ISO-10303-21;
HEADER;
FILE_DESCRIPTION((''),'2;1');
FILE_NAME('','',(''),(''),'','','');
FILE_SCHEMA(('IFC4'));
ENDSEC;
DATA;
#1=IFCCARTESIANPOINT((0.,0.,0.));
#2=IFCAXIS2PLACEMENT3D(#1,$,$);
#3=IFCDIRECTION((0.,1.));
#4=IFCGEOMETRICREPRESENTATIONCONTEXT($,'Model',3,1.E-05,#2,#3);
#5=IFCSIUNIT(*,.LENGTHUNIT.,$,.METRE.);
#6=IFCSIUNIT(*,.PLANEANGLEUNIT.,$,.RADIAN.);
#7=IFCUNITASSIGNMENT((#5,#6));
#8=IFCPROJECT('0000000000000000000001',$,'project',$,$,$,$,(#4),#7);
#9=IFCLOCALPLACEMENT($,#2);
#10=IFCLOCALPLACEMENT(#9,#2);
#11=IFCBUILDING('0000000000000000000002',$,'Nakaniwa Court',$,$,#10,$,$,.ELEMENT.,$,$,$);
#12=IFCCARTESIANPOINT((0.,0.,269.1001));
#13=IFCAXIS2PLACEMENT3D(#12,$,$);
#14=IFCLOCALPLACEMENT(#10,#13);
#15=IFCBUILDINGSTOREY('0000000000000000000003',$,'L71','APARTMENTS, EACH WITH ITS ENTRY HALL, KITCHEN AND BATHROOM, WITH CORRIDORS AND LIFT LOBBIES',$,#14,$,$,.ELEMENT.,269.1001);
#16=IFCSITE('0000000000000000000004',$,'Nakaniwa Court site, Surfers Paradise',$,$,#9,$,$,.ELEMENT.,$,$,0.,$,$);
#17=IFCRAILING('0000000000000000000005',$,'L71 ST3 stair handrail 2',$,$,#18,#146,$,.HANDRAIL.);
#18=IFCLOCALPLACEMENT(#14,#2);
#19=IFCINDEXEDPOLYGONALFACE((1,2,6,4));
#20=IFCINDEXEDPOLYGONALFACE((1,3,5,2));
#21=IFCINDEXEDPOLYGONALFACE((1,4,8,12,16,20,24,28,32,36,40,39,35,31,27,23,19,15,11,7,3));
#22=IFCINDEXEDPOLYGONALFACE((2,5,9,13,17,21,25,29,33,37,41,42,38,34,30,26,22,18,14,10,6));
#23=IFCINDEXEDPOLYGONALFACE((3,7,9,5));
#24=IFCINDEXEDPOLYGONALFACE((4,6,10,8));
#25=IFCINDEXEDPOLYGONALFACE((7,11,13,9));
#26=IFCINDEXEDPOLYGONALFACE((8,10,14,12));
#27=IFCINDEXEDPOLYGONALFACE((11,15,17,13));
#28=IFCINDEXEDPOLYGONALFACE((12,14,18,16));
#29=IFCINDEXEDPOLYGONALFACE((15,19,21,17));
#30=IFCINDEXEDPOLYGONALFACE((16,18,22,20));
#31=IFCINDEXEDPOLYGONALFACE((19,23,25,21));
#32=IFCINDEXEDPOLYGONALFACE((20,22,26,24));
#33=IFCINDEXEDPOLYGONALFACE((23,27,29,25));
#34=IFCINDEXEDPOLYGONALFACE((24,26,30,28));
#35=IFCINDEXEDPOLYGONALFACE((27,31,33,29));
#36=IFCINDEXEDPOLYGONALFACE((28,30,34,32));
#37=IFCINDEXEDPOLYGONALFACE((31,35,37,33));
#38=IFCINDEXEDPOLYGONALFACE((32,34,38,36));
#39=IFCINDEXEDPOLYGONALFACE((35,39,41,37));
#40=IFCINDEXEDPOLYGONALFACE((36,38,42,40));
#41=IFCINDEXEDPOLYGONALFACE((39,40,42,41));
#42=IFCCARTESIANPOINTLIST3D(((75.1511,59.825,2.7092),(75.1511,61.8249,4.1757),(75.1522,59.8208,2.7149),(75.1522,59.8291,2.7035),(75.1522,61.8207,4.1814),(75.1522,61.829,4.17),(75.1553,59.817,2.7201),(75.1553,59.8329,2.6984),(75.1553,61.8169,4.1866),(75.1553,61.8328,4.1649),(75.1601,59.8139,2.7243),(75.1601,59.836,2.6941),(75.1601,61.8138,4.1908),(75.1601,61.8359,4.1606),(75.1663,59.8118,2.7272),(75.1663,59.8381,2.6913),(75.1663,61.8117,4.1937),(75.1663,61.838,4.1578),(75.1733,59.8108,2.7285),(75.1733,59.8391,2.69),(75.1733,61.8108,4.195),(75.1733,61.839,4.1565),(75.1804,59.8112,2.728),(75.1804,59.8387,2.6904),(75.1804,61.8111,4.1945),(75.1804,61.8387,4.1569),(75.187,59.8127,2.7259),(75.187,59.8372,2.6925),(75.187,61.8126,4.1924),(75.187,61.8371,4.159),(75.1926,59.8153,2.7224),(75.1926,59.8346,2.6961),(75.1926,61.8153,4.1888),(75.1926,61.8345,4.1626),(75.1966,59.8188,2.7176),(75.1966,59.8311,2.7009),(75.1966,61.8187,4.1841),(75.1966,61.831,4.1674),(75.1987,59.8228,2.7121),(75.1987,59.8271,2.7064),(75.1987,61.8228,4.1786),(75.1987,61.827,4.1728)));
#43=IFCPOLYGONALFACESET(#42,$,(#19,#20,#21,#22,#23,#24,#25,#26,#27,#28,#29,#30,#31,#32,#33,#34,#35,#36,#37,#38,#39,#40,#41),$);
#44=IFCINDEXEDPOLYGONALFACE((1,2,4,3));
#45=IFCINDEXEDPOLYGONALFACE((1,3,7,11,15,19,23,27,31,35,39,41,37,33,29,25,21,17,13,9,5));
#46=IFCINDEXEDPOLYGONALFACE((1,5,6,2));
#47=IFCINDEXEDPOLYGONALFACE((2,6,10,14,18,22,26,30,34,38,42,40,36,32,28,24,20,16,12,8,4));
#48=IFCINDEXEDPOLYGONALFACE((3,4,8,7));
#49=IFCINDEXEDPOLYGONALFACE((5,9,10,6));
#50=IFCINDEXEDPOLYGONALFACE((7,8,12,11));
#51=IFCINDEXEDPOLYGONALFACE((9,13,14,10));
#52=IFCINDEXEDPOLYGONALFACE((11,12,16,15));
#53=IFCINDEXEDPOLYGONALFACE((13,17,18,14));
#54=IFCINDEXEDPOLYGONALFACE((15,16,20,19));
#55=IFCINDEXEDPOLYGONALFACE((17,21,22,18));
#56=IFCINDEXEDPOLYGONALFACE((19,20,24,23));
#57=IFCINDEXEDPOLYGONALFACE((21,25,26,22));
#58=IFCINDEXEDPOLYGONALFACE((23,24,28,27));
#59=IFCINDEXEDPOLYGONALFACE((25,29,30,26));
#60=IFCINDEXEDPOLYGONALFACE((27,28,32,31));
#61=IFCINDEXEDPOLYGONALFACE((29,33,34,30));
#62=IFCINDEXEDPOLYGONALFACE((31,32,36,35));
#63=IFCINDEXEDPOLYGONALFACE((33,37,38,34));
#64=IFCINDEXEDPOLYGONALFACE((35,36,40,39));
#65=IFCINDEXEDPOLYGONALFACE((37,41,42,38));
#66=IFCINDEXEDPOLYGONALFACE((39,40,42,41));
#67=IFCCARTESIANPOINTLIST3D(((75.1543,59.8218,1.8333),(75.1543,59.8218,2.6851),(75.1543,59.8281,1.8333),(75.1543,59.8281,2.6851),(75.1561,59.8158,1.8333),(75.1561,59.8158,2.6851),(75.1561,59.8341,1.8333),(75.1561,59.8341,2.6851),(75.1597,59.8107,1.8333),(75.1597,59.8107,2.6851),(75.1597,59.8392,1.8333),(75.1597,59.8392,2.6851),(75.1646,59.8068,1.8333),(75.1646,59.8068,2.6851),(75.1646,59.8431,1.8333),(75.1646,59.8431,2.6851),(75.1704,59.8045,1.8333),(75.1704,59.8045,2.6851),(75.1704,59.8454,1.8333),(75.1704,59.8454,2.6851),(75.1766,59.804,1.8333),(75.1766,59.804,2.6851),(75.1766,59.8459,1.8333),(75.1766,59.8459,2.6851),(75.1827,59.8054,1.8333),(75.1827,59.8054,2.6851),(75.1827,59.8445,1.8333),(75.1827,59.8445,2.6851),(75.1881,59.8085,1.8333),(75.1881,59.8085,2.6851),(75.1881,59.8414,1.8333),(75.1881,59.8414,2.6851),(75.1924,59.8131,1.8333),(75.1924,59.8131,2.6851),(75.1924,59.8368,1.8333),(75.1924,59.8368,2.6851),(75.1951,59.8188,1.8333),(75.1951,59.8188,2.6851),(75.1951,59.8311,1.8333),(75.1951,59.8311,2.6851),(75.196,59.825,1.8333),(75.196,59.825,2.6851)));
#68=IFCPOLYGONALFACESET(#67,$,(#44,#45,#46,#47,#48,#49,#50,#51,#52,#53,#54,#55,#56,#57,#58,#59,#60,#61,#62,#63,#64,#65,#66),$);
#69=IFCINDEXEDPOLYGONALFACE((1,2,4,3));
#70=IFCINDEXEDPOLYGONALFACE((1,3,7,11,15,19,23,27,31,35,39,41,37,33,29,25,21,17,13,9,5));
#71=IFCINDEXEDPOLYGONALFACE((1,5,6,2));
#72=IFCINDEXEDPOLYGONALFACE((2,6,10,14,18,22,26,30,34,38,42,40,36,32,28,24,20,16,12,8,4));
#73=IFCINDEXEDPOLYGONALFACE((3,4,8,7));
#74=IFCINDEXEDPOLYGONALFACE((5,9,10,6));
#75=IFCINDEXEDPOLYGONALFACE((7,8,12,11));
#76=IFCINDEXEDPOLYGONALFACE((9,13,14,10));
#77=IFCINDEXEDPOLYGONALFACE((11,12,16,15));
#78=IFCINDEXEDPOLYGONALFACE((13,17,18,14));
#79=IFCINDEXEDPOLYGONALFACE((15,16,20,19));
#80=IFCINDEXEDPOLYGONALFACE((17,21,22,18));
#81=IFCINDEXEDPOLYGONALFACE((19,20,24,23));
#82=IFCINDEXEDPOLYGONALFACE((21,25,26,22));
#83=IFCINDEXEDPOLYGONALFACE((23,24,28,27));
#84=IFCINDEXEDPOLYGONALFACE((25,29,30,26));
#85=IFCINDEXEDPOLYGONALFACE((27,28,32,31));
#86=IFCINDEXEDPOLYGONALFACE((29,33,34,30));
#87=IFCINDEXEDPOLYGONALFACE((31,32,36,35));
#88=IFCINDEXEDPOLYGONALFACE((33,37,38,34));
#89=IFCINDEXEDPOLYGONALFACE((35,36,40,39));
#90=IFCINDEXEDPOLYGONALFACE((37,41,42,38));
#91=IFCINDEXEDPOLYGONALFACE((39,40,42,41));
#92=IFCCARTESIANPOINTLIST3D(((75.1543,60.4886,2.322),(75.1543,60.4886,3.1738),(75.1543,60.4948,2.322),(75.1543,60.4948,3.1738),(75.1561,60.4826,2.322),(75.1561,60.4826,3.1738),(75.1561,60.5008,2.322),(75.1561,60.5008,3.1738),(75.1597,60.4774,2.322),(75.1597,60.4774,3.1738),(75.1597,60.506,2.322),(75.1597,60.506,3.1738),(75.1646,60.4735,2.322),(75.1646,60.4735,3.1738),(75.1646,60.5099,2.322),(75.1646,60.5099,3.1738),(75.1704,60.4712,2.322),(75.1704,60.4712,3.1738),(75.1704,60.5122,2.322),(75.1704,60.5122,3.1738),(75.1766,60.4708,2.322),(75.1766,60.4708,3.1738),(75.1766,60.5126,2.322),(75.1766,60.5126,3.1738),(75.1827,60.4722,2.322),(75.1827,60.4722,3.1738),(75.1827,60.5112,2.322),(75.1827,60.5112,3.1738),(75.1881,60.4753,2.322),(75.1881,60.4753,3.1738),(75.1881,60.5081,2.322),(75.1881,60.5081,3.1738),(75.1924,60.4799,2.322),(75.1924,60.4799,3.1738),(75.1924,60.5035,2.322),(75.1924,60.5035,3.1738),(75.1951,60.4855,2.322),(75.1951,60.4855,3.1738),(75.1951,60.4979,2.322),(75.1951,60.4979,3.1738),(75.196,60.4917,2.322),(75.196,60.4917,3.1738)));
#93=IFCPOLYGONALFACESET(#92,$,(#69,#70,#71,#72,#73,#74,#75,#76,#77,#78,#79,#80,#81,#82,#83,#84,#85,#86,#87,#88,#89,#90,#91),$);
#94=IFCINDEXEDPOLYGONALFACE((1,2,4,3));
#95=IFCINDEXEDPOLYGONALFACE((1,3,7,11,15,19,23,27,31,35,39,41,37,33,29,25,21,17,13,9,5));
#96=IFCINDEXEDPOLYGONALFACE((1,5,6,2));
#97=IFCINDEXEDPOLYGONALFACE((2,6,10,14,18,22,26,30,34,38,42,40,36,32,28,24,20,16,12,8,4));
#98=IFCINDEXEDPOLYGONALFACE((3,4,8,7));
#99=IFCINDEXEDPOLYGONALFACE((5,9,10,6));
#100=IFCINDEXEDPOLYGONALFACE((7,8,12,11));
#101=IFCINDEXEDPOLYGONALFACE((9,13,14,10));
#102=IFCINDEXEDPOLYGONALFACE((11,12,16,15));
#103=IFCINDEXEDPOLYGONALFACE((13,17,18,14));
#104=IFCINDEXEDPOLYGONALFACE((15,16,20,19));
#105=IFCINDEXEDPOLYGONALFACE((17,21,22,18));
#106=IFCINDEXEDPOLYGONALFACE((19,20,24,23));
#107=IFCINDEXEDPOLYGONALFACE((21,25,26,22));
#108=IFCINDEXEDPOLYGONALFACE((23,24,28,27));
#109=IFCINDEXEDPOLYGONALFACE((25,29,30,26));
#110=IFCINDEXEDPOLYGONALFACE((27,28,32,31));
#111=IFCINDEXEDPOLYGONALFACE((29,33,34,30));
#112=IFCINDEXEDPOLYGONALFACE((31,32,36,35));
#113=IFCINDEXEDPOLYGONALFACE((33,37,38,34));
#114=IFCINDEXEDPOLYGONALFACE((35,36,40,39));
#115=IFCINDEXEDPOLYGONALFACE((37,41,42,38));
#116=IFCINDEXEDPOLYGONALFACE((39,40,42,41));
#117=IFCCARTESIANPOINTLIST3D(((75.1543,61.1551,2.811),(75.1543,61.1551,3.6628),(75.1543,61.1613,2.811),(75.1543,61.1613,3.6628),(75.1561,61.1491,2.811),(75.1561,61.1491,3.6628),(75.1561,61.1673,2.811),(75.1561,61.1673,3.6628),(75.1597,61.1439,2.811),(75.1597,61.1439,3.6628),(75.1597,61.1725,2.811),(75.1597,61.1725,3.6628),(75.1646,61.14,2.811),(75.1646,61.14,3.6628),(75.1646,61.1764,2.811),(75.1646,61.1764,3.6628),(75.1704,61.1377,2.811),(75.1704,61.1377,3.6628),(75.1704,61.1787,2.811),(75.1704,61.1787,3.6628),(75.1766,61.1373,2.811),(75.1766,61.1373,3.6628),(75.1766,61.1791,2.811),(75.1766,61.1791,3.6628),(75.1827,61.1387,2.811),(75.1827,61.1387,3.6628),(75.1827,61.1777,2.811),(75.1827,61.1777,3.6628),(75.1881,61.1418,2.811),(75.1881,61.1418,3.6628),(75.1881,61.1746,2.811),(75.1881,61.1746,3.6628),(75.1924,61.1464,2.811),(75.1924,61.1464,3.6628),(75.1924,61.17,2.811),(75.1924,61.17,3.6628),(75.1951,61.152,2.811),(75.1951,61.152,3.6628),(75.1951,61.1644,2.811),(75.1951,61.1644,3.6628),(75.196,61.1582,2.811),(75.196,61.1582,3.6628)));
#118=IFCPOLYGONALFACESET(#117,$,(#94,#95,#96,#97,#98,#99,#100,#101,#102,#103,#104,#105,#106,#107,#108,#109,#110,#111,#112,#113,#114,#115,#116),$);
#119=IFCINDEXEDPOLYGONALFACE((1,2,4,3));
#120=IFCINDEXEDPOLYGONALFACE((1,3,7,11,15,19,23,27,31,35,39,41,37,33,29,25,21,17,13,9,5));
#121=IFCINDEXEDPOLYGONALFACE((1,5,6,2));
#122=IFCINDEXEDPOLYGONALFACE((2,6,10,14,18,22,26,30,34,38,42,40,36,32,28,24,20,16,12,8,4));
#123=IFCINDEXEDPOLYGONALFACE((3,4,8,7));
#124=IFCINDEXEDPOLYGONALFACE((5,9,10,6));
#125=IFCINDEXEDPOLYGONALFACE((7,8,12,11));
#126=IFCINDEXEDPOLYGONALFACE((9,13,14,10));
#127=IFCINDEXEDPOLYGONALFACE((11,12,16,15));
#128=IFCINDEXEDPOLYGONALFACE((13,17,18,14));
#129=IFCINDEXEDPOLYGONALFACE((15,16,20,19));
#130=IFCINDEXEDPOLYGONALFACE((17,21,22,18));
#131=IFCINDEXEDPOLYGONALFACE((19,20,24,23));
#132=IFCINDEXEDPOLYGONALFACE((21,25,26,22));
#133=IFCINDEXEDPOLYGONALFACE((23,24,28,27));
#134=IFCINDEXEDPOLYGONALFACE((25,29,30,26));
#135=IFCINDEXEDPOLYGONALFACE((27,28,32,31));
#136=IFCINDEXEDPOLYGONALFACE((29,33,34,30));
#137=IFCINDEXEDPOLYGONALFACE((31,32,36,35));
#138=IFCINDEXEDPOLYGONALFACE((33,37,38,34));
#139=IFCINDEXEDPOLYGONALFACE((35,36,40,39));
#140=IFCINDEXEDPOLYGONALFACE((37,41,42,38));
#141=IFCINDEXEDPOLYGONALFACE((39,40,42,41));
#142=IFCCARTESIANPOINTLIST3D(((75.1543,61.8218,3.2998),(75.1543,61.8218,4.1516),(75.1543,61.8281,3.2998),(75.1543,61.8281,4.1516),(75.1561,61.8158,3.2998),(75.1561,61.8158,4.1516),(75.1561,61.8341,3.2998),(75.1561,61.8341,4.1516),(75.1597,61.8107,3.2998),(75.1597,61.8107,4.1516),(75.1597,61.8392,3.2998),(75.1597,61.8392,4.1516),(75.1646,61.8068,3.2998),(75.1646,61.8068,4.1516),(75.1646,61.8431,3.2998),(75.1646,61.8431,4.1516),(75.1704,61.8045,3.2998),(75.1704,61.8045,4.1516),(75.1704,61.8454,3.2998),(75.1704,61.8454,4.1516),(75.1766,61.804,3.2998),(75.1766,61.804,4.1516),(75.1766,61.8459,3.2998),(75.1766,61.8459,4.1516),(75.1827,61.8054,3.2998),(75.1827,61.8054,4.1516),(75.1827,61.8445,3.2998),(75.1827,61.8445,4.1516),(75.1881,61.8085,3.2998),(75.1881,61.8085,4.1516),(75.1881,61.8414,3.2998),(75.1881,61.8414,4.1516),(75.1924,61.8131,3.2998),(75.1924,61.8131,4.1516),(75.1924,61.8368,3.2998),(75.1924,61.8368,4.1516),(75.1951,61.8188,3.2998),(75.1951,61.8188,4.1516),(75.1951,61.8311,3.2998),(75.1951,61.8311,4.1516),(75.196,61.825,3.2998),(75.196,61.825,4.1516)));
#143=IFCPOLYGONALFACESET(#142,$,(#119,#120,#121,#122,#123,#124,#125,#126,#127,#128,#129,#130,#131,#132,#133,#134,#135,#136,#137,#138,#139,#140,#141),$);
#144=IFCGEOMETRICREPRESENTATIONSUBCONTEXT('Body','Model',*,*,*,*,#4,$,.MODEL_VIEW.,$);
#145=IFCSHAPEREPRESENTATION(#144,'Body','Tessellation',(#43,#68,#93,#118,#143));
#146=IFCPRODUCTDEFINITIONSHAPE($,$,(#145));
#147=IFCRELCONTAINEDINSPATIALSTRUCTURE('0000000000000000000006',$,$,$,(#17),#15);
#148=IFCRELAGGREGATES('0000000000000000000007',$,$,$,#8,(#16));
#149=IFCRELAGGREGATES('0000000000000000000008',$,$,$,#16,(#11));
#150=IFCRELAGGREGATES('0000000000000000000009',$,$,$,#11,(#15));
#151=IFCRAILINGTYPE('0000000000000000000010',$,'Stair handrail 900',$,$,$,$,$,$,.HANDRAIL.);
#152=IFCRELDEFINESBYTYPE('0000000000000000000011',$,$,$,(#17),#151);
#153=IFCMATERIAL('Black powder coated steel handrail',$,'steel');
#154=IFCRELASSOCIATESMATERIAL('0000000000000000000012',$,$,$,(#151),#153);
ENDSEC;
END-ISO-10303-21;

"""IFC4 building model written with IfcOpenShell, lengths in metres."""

from ifc_helpers import new_model, si_unit, direction, frame, origin, origin_2d, place, context, subcontext, project, spatial, circle, extrude, material, type_object, element, save


model = new_model("IFC4")

# Units and contexts
model_context = context("Model", 3, precision=1e-05, world=origin(), true_north=direction((0.0, 1.0)))
body_context = subcontext(model_context, "Body", "Model", "MODEL_VIEW")
ifc_project = project(units=[si_unit("LENGTHUNIT", "METRE"), si_unit("PLANEANGLEUNIT", "RADIAN")], contexts=[model_context])

# Site, building, storey
site_placement = place(None, origin())
site = spatial("IfcSite", under=ifc_project, at=site_placement, Name="Nakaniwa Court site, Surfers Paradise", CompositionType="ELEMENT", RefElevation=0.0)
building_placement = place(site_placement, origin())
building = spatial("IfcBuilding", under=site, at=building_placement, Name="Nakaniwa Court", CompositionType="ELEMENT")
storey_placement = place(building_placement, frame((0.0, 0.0, 269.1001)))
storey = spatial("IfcBuildingStorey", under=building, at=storey_placement, Name="L71", Description="APARTMENTS, EACH WITH ITS ENTRY HALL, KITCHEN AND BATHROOM, WITH CORRIDORS AND LIFT LOBBIES", CompositionType="ELEMENT", Elevation=269.1001)

# Railing
ifc_material_1 = material(Name="Black powder coated steel handrail", Category="steel")
railing_type_1 = type_object("IfcRailingType", Name="Stair handrail 900", PredefinedType="HANDRAIL", material=ifc_material_1)
railing_1_placement = place(storey_placement, frame((75.175, 59.825, 1.8333)))
element("IfcRailing", 1, at=railing_1_placement, inside=storey, type_object=railing_type_1, Name="L71 ST3 stair handrail 2", PredefinedType="HANDRAIL", context=body_context, shape_type="SweptSolid", body=[
    extrude(circle(Radius=0.0239, at=origin_2d()), frame((0.0, 0.0, 0.876), z_axis=(0.0, 0.806427, 0.591334), x_axis=(-1.0, 0.0, 0.0)), (0.0, 0.0, 1.0), 2.48),
    extrude(circle(Radius=0.021, at=origin_2d()), origin(), (0.0, 0.0, 1.0), 0.8518),
    extrude(circle(Radius=0.021, at=origin_2d()), frame((0.0, 0.6667, 0.4888)), (0.0, 0.0, 1.0), 0.8518),
    extrude(circle(Radius=0.021, at=origin_2d()), frame((0.0, 1.3333, 0.9778)), (0.0, 0.0, 1.0), 0.8518),
    extrude(circle(Radius=0.021, at=origin_2d()), frame((0.0, 2.0, 1.4666)), (0.0, 0.0, 1.0), 0.8518),
])

save(model, "model.ifc")
